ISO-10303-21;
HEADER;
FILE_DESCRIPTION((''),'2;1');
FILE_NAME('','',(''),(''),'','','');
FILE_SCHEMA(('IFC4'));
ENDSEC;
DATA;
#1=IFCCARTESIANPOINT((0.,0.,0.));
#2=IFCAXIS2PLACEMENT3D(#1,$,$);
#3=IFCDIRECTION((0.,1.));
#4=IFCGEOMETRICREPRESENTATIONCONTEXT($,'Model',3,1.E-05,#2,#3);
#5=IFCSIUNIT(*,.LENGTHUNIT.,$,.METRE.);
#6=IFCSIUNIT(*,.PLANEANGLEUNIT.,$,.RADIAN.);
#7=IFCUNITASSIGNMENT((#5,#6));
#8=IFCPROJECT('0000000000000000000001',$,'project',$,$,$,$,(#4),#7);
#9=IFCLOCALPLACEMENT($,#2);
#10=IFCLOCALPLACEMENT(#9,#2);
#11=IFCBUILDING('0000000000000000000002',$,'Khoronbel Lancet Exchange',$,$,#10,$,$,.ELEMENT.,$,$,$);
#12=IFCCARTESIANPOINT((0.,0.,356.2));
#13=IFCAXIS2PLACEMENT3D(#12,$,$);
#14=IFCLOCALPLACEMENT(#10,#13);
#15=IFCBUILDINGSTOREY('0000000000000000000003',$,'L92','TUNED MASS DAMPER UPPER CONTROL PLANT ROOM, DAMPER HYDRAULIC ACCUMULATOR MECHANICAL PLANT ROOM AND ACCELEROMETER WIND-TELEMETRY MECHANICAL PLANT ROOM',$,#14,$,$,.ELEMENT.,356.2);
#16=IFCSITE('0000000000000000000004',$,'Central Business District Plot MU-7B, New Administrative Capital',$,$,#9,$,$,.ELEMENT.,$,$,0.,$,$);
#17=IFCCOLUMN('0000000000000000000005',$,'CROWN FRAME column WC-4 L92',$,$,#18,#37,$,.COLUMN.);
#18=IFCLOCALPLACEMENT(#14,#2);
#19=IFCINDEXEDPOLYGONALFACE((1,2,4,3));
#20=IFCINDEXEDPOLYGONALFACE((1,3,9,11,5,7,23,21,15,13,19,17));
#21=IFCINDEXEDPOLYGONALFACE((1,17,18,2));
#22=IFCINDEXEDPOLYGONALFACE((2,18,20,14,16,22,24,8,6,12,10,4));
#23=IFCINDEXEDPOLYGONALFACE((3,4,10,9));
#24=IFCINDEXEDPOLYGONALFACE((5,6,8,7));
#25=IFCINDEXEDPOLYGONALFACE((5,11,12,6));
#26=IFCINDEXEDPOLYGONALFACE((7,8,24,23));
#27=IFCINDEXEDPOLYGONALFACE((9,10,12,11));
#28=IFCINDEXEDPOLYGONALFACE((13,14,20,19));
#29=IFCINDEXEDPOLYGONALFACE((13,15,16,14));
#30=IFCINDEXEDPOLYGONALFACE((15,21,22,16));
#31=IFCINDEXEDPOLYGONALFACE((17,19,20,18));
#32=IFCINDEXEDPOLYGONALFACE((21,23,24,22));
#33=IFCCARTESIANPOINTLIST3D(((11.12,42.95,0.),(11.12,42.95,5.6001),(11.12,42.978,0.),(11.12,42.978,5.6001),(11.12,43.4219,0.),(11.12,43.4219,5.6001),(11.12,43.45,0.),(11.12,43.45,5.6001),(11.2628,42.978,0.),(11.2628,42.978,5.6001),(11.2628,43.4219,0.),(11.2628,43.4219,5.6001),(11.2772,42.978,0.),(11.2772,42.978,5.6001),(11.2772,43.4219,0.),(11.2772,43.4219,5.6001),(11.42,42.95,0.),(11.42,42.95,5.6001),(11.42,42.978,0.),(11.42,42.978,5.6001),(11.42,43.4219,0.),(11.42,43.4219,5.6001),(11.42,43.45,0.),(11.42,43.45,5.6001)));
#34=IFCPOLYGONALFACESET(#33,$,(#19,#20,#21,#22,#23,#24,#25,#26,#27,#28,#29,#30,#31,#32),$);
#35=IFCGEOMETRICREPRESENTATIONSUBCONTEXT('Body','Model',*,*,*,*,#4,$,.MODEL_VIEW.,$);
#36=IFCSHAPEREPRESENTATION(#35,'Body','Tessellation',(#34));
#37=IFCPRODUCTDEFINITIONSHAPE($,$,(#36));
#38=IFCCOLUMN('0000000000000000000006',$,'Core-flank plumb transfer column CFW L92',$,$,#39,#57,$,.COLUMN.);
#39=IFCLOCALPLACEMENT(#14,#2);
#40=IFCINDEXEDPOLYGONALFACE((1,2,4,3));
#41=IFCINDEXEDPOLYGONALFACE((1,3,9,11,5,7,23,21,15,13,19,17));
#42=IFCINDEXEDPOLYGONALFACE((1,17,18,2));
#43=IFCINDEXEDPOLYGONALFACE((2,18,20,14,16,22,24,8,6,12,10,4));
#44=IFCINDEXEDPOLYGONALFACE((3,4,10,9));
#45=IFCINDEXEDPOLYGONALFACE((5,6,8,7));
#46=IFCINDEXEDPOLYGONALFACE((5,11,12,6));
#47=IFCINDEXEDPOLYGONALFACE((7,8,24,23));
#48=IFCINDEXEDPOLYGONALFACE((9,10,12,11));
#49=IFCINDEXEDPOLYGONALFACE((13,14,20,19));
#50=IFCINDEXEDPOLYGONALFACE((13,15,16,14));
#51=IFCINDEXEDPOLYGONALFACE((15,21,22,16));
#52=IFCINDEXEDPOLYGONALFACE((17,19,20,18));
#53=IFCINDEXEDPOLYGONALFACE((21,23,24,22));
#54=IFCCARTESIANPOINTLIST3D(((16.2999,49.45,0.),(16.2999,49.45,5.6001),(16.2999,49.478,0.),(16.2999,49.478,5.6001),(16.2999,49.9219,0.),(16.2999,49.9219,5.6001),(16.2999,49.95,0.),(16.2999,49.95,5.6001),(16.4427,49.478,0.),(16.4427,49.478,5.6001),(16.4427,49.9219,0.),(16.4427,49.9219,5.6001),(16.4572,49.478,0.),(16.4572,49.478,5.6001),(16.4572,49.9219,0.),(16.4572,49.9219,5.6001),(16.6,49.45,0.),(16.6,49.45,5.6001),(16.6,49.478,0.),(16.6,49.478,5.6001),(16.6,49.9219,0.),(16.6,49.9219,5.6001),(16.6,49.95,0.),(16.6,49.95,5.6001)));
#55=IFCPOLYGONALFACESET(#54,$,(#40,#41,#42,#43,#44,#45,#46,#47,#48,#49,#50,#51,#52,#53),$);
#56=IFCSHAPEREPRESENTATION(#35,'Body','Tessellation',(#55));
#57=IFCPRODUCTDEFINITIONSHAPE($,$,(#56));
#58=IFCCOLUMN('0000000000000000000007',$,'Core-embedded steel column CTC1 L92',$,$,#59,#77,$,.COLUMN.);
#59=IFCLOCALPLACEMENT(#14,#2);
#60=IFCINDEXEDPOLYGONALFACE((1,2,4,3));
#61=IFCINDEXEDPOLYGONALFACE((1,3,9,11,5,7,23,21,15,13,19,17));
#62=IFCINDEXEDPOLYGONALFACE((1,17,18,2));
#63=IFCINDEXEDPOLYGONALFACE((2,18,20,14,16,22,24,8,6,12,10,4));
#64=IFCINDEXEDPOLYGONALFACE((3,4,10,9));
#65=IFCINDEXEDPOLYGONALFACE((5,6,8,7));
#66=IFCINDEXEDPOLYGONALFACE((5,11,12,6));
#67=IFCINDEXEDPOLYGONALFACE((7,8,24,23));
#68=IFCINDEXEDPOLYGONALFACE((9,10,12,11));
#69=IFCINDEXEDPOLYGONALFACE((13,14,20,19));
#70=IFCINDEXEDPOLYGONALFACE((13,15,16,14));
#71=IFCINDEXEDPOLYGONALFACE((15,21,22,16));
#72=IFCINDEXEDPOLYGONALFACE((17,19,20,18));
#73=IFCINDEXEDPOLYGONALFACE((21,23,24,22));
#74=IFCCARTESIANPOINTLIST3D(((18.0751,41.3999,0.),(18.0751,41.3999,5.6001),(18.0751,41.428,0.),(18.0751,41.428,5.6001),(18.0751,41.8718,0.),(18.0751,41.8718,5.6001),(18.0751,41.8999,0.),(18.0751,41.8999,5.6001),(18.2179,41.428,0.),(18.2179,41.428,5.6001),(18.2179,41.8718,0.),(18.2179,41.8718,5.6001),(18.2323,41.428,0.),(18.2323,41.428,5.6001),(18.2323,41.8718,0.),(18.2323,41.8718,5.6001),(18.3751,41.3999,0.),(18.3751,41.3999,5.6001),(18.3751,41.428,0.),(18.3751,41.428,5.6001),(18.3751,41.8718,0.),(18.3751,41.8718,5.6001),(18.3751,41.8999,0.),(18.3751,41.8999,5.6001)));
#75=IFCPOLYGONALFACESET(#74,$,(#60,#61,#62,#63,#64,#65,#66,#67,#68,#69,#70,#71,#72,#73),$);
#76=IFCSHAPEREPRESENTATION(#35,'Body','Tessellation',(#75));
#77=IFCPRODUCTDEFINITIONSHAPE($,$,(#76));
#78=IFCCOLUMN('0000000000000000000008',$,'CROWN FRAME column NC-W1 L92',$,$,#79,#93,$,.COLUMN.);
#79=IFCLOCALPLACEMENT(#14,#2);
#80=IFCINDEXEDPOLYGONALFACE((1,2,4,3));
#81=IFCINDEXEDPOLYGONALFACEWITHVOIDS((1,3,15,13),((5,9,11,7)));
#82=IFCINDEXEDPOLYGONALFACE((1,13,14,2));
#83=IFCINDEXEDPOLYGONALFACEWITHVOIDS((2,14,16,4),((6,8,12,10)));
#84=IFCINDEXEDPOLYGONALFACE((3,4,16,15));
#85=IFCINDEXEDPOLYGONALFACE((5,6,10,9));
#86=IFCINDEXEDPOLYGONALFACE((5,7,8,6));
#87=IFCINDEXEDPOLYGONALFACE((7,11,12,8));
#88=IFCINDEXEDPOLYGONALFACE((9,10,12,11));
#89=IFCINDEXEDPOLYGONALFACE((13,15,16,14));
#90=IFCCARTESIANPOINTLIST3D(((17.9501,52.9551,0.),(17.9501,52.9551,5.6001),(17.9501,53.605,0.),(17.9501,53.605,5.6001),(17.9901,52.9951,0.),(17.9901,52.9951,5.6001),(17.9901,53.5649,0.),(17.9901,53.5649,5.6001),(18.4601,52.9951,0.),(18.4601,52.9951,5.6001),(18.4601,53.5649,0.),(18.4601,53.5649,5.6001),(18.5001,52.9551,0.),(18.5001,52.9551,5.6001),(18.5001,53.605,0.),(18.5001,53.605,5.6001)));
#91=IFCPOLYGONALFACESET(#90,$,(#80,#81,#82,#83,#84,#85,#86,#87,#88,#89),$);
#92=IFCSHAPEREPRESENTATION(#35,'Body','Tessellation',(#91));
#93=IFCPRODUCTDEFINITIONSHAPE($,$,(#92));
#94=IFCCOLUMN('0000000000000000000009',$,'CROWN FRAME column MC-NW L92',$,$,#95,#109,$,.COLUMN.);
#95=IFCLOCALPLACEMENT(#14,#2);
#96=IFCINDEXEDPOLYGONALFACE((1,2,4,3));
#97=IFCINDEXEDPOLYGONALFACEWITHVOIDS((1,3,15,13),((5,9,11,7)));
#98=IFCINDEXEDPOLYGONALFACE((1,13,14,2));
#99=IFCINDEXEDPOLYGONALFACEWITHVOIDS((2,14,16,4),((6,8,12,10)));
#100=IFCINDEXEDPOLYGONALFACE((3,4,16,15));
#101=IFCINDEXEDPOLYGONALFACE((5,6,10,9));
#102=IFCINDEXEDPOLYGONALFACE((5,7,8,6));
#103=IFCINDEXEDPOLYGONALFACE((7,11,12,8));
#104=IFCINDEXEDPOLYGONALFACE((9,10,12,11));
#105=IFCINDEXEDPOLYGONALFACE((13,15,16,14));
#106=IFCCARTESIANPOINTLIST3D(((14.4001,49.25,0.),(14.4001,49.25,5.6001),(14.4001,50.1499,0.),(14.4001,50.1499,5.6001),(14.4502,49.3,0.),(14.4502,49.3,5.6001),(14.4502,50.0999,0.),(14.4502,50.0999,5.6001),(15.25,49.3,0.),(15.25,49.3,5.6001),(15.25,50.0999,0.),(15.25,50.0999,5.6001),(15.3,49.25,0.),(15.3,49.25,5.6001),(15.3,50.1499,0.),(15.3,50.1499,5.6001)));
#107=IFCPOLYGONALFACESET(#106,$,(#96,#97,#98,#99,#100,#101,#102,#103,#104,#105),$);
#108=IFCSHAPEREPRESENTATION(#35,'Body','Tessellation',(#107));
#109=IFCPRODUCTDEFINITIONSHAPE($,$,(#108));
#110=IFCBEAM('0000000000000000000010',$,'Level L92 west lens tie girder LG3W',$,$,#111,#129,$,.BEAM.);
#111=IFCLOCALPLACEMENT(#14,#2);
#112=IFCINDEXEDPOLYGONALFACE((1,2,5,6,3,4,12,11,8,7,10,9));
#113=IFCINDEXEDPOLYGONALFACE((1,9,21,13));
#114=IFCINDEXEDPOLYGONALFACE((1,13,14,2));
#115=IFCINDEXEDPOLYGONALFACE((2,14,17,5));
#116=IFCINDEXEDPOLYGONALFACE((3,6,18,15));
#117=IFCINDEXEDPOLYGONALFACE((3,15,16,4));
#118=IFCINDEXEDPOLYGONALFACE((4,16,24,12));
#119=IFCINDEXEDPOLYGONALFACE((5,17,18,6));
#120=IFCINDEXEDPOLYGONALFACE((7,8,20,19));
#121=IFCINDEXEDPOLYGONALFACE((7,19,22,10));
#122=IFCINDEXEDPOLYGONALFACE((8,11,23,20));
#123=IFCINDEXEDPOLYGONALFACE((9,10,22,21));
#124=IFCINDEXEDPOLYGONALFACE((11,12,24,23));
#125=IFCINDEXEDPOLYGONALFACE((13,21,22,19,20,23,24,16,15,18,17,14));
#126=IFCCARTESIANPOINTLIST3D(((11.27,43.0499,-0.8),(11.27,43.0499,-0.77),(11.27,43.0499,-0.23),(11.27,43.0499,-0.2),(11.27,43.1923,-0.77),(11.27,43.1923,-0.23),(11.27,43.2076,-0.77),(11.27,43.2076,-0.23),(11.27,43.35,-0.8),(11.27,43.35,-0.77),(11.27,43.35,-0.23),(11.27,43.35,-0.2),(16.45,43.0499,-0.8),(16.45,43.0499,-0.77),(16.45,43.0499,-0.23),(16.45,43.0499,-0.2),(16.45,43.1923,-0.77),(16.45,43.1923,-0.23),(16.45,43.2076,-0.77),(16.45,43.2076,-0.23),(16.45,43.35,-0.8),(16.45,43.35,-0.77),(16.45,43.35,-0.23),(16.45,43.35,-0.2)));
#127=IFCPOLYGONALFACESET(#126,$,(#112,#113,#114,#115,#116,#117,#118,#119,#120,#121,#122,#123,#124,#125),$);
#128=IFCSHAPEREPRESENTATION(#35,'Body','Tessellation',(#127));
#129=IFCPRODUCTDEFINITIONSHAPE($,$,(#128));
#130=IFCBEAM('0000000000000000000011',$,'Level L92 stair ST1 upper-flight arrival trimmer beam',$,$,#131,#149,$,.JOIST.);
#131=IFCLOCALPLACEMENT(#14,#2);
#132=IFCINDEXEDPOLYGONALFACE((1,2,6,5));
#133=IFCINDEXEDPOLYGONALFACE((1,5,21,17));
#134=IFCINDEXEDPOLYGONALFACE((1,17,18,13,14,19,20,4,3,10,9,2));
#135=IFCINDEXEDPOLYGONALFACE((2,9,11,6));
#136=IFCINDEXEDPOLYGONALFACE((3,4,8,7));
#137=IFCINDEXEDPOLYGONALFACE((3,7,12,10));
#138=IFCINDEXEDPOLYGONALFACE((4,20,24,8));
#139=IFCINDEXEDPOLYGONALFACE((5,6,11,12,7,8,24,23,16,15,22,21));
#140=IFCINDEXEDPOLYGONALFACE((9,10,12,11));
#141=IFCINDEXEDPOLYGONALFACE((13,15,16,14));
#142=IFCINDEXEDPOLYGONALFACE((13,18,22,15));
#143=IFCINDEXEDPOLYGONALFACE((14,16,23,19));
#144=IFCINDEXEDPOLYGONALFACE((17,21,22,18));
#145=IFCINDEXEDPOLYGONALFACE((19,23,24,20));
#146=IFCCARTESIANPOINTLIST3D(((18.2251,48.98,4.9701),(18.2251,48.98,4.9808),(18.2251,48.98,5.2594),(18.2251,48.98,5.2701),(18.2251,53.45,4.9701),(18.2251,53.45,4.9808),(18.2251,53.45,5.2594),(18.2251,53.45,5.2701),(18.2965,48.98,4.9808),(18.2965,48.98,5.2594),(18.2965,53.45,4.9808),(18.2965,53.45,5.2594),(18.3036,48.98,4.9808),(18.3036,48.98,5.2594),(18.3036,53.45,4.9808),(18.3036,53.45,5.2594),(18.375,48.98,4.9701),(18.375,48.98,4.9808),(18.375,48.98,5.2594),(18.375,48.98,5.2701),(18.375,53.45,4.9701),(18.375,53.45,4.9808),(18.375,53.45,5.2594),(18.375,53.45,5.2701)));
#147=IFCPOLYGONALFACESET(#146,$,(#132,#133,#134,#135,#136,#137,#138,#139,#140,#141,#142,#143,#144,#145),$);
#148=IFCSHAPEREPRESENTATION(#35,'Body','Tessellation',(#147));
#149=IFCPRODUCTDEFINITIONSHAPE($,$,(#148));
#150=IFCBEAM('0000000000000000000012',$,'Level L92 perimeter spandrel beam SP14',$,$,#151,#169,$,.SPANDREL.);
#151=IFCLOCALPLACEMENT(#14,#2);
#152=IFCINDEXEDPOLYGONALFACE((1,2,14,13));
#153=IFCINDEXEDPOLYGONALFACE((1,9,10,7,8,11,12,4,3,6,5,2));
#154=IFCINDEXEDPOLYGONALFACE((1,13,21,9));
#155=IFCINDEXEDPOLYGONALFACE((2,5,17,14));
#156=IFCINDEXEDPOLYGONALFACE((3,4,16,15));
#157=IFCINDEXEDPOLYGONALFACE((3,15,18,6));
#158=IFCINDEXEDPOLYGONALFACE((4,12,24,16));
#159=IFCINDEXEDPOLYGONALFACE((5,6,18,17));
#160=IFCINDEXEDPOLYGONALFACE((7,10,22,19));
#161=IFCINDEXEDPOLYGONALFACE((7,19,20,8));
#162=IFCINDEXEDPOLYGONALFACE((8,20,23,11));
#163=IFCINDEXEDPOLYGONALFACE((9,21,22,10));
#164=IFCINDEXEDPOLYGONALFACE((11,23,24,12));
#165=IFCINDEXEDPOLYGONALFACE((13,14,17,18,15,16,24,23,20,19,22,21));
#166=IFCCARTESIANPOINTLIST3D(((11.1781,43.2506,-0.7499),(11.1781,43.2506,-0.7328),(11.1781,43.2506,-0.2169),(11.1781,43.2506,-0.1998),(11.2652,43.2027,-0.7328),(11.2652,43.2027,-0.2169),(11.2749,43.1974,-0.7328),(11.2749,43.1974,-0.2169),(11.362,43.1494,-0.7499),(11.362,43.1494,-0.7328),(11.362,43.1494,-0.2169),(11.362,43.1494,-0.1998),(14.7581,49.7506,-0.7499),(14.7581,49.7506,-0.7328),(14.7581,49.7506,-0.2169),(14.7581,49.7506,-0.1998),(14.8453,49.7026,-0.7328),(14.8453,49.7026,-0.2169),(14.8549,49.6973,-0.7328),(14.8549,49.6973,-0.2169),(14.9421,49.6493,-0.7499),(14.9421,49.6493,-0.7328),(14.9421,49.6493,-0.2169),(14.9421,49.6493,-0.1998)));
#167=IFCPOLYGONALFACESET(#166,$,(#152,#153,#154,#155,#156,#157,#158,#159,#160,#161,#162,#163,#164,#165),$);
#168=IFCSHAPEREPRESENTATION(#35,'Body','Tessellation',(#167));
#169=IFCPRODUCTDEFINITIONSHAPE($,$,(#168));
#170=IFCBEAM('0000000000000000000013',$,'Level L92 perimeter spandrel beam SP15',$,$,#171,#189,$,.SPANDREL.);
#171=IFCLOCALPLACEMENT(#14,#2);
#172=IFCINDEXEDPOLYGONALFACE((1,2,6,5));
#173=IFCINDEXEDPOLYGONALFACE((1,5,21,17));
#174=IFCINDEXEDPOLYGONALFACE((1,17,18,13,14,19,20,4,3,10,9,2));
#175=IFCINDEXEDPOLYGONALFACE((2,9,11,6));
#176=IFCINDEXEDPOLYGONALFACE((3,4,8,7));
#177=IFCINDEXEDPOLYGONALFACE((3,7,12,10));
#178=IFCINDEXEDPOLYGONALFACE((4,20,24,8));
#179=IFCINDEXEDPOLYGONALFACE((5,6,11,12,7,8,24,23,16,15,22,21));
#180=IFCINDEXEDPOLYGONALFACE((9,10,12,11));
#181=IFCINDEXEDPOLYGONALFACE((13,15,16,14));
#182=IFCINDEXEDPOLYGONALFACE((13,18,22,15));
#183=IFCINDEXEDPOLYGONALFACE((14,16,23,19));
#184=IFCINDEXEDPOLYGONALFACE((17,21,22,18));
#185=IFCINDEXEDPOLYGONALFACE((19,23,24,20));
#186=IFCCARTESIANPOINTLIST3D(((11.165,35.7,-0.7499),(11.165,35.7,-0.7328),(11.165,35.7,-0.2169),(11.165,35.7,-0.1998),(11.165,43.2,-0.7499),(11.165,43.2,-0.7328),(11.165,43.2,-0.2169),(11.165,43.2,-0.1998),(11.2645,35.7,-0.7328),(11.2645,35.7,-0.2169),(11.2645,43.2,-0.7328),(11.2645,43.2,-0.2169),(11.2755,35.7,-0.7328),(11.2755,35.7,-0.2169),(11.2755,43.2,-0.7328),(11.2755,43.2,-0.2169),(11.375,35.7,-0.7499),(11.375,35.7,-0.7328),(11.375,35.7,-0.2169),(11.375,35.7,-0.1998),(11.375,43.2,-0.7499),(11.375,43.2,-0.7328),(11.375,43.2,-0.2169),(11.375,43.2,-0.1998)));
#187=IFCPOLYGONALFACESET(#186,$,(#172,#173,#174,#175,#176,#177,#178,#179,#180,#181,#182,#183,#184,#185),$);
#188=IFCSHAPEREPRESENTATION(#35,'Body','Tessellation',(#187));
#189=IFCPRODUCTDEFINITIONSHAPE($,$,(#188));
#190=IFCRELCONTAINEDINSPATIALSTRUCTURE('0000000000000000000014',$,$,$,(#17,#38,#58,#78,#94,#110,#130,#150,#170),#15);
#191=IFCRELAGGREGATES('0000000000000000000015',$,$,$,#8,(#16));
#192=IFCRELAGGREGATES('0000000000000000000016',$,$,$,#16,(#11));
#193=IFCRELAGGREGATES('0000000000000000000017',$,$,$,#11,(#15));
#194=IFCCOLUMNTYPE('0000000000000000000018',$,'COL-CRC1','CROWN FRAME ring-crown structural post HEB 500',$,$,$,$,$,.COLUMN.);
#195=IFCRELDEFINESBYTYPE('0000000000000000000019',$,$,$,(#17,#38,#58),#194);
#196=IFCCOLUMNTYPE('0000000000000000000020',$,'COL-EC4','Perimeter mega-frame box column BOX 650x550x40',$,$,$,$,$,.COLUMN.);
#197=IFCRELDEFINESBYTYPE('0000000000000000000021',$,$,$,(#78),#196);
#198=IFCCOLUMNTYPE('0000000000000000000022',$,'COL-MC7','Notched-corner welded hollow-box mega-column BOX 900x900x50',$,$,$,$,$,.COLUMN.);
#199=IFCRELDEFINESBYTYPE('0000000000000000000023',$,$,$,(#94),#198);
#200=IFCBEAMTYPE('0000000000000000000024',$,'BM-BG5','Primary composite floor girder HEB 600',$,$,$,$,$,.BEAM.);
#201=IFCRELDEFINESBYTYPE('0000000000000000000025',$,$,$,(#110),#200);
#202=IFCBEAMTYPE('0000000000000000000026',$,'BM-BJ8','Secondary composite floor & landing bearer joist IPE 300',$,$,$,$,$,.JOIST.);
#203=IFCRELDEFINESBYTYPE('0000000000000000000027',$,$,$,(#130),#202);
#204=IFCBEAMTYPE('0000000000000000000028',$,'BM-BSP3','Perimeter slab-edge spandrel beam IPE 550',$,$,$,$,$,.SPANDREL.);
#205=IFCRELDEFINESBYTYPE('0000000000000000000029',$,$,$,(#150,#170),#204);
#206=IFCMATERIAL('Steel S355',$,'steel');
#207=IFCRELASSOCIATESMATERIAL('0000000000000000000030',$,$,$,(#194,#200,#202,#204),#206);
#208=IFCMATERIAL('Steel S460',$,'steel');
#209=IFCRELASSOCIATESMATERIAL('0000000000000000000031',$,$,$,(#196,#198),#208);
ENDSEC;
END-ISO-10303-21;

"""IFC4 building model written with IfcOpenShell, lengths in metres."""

from ifc_helpers import new_model, si_unit, direction, frame, origin, origin_2d, place, context, subcontext, project, spatial, hollow_rectangle, i_section, extrude, material, material_profile, profile_set, type_object, element, save


model = new_model("IFC4")

# Units and contexts
model_context = context("Model", 3, precision=1e-05, world=origin(), true_north=direction((0.0, 1.0)))
body_context = subcontext(model_context, "Body", "Model", "MODEL_VIEW")
ifc_project = project(units=[si_unit("LENGTHUNIT", "METRE"), si_unit("PLANEANGLEUNIT", "RADIAN")], contexts=[model_context])

# Site, building, storey
site_placement = place(None, origin())
site = spatial("IfcSite", under=ifc_project, at=site_placement, Name="Central Business District Plot MU-7B, New Administrative Capital", CompositionType="ELEMENT", RefElevation=0.0)
building_placement = place(site_placement, origin())
building = spatial("IfcBuilding", under=site, at=building_placement, Name="Khoronbel Lancet Exchange", CompositionType="ELEMENT")
storey_placement = place(building_placement, frame((0.0, 0.0, 356.2)))
storey = spatial("IfcBuildingStorey", under=building, at=storey_placement, Name="L92", Description="TUNED MASS DAMPER UPPER CONTROL PLANT ROOM, DAMPER HYDRAULIC ACCUMULATOR MECHANICAL PLANT ROOM AND ACCELEROMETER WIND-TELEMETRY MECHANICAL PLANT ROOM", CompositionType="ELEMENT", Elevation=356.2)

# Columns
ifc_material_1 = material(Name="Steel S355", Category="steel")
ifc_material_profile_1 = material_profile(ifc_material_1, i_section(OverallWidth=0.3, OverallDepth=0.5, WebThickness=0.0144, FlangeThickness=0.0281, at=origin_2d()), Name="HEB 500")
ifc_profile_set_1 = profile_set([ifc_material_profile_1], Name="Steel S355")
column_type_1 = type_object("IfcColumnType", Name="COL-CRC1", Description="CROWN FRAME ring-crown structural post HEB 500", PredefinedType="COLUMN", material=ifc_profile_set_1)
for number, where, z_axis, x_axis, name in (
    (1, (11.27, 43.2, 0.0), (0.0, 0.0, 1.0), (1.0, 0.0, 0.0), "CROWN FRAME column WC-4 L92"),
    (2, (16.45, 49.7, 0.0), (0.0, 0.0, 1.0), (1.0, 0.0, 0.0), "Core-flank plumb transfer column CFW L92"),
    (3, (18.2251, 41.6499, 0.0), (0.0, 0.0, 1.0), (1.0, 0.0, 0.0), "Core-embedded steel column CTC1 L92"),
):
    element("IfcColumn", number, at=place(storey_placement, frame(where, z_axis=z_axis, x_axis=x_axis)), inside=storey, type_object=column_type_1, Name=name, PredefinedType="COLUMN", context=body_context, shape_type="SweptSolid", body=[
        extrude(i_section(OverallWidth=0.3, OverallDepth=0.5, WebThickness=0.0144, FlangeThickness=0.0281, at=origin_2d()), origin(), (0.0, 0.0, 1.0), 5.6001),
    ])
ifc_material_2 = material(Name="Steel S460", Category="steel")
ifc_material_profile_2 = material_profile(ifc_material_2, hollow_rectangle(XDim=0.55, YDim=0.6499, WallThickness=0.04, at=origin_2d()), Name="BOX 650x550x40")
ifc_profile_set_2 = profile_set([ifc_material_profile_2], Name="Steel S460")
column_type_2 = type_object("IfcColumnType", Name="COL-EC4", Description="Perimeter mega-frame box column BOX 650x550x40", PredefinedType="COLUMN", material=ifc_profile_set_2)
column_1_placement = place(storey_placement, frame((18.2251, 53.28, 0.0), z_axis=(0.0, 0.0, 1.0), x_axis=(1.0, 0.0, 0.0)))
element("IfcColumn", 4, at=column_1_placement, inside=storey, type_object=column_type_2, Name="CROWN FRAME column NC-W1 L92", PredefinedType="COLUMN", context=body_context, shape_type="SweptSolid", body=[
    extrude(hollow_rectangle(XDim=0.55, YDim=0.6499, WallThickness=0.04, at=origin_2d()), origin(), (0.0, 0.0, 1.0), 5.6001),
])
ifc_material_profile_3 = material_profile(ifc_material_2, hollow_rectangle(XDim=0.8999, YDim=0.8999, WallThickness=0.05, at=origin_2d()), Name="BOX 900x900x50")
ifc_profile_set_3 = profile_set([ifc_material_profile_3], Name="Steel S460")
column_type_3 = type_object("IfcColumnType", Name="COL-MC7", Description="Notched-corner welded hollow-box mega-column BOX 900x900x50", PredefinedType="COLUMN", material=ifc_profile_set_3)
column_2_placement = place(storey_placement, frame((14.8501, 49.7, 0.0), z_axis=(0.0, 0.0, 1.0), x_axis=(1.0, 0.0, 0.0)))
element("IfcColumn", 5, at=column_2_placement, inside=storey, type_object=column_type_3, Name="CROWN FRAME column MC-NW L92", PredefinedType="COLUMN", context=body_context, shape_type="SweptSolid", body=[
    extrude(hollow_rectangle(XDim=0.8999, YDim=0.8999, WallThickness=0.05, at=origin_2d()), origin(), (0.0, 0.0, 1.0), 5.6001),
])

# Beams
ifc_material_profile_4 = material_profile(ifc_material_1, i_section(OverallWidth=0.3, OverallDepth=0.6001, WebThickness=0.0154, FlangeThickness=0.03, at=origin_2d()), Name="HEB 600")
ifc_profile_set_4 = profile_set([ifc_material_profile_4], Name="Steel S355")
beam_type_1 = type_object("IfcBeamType", Name="BM-BG5", Description="Primary composite floor girder HEB 600", PredefinedType="BEAM", material=ifc_profile_set_4)
beam_1_placement = place(storey_placement, frame((11.27, 43.2, -0.5), z_axis=(1.0, 0.0, 0.0), x_axis=(0.0, 1.0, 0.0)))
element("IfcBeam", 6, at=beam_1_placement, inside=storey, type_object=beam_type_1, Name="Level L92 west lens tie girder LG3W", PredefinedType="BEAM", context=body_context, shape_type="SweptSolid", body=[
    extrude(i_section(OverallWidth=0.3, OverallDepth=0.6001, WebThickness=0.0154, FlangeThickness=0.03, at=origin_2d()), origin(), (0.0, 0.0, 1.0), 5.1799),
])
ifc_material_profile_5 = material_profile(ifc_material_1, i_section(OverallWidth=0.1499, OverallDepth=0.3, WebThickness=0.0071, FlangeThickness=0.0107, at=origin_2d()), Name="IPE 300")
ifc_profile_set_5 = profile_set([ifc_material_profile_5], Name="Steel S355")
beam_type_2 = type_object("IfcBeamType", Name="BM-BJ8", Description="Secondary composite floor & landing bearer joist IPE 300", PredefinedType="JOIST", material=ifc_profile_set_5)
beam_2_placement = place(storey_placement, frame((18.3, 48.98, 5.1201), z_axis=(0.0, 1.0, 0.0), x_axis=(-1.0, 0.0, 0.0)))
element("IfcBeam", 7, at=beam_2_placement, inside=storey, type_object=beam_type_2, Name="Level L92 stair ST1 upper-flight arrival trimmer beam", PredefinedType="JOIST", context=body_context, shape_type="SweptSolid", body=[
    extrude(i_section(OverallWidth=0.1499, OverallDepth=0.3, WebThickness=0.0071, FlangeThickness=0.0107, at=origin_2d()), origin(), (0.0, 0.0, 1.0), 4.47),
])
ifc_material_profile_6 = material_profile(ifc_material_1, i_section(OverallWidth=0.21, OverallDepth=0.55, WebThickness=0.011, FlangeThickness=0.0171, at=origin_2d()), Name="IPE 550")
ifc_profile_set_6 = profile_set([ifc_material_profile_6], Name="Steel S355")
beam_type_3 = type_object("IfcBeamType", Name="BM-BSP3", Description="Perimeter slab-edge spandrel beam IPE 550", PredefinedType="SPANDREL", material=ifc_profile_set_6)
beam_3_placement = place(storey_placement, frame((14.8501, 49.7, -0.4749), z_axis=(-0.482444, -0.875927, 0.0), x_axis=(0.875927, -0.482444, 0.0)))
element("IfcBeam", 8, at=beam_3_placement, inside=storey, type_object=beam_type_3, Name="Level L92 perimeter spandrel beam SP14", PredefinedType="SPANDREL", context=body_context, shape_type="SweptSolid", body=[
    extrude(i_section(OverallWidth=0.21, OverallDepth=0.55, WebThickness=0.011, FlangeThickness=0.0171, at=origin_2d()), origin(), (0.0, 0.0, 1.0), 7.4207),
])
beam_4_placement = place(storey_placement, frame((11.27, 43.2, -0.4749), z_axis=(0.0, -1.0, 0.0), x_axis=(1.0, 0.0, 0.0)))
element("IfcBeam", 9, at=beam_4_placement, inside=storey, type_object=beam_type_3, Name="Level L92 perimeter spandrel beam SP15", PredefinedType="SPANDREL", context=body_context, shape_type="SweptSolid", body=[
    extrude(i_section(OverallWidth=0.21, OverallDepth=0.55, WebThickness=0.011, FlangeThickness=0.0171, at=origin_2d()), origin(), (0.0, 0.0, 1.0), 7.5),
])

save(model, "model.ifc")
